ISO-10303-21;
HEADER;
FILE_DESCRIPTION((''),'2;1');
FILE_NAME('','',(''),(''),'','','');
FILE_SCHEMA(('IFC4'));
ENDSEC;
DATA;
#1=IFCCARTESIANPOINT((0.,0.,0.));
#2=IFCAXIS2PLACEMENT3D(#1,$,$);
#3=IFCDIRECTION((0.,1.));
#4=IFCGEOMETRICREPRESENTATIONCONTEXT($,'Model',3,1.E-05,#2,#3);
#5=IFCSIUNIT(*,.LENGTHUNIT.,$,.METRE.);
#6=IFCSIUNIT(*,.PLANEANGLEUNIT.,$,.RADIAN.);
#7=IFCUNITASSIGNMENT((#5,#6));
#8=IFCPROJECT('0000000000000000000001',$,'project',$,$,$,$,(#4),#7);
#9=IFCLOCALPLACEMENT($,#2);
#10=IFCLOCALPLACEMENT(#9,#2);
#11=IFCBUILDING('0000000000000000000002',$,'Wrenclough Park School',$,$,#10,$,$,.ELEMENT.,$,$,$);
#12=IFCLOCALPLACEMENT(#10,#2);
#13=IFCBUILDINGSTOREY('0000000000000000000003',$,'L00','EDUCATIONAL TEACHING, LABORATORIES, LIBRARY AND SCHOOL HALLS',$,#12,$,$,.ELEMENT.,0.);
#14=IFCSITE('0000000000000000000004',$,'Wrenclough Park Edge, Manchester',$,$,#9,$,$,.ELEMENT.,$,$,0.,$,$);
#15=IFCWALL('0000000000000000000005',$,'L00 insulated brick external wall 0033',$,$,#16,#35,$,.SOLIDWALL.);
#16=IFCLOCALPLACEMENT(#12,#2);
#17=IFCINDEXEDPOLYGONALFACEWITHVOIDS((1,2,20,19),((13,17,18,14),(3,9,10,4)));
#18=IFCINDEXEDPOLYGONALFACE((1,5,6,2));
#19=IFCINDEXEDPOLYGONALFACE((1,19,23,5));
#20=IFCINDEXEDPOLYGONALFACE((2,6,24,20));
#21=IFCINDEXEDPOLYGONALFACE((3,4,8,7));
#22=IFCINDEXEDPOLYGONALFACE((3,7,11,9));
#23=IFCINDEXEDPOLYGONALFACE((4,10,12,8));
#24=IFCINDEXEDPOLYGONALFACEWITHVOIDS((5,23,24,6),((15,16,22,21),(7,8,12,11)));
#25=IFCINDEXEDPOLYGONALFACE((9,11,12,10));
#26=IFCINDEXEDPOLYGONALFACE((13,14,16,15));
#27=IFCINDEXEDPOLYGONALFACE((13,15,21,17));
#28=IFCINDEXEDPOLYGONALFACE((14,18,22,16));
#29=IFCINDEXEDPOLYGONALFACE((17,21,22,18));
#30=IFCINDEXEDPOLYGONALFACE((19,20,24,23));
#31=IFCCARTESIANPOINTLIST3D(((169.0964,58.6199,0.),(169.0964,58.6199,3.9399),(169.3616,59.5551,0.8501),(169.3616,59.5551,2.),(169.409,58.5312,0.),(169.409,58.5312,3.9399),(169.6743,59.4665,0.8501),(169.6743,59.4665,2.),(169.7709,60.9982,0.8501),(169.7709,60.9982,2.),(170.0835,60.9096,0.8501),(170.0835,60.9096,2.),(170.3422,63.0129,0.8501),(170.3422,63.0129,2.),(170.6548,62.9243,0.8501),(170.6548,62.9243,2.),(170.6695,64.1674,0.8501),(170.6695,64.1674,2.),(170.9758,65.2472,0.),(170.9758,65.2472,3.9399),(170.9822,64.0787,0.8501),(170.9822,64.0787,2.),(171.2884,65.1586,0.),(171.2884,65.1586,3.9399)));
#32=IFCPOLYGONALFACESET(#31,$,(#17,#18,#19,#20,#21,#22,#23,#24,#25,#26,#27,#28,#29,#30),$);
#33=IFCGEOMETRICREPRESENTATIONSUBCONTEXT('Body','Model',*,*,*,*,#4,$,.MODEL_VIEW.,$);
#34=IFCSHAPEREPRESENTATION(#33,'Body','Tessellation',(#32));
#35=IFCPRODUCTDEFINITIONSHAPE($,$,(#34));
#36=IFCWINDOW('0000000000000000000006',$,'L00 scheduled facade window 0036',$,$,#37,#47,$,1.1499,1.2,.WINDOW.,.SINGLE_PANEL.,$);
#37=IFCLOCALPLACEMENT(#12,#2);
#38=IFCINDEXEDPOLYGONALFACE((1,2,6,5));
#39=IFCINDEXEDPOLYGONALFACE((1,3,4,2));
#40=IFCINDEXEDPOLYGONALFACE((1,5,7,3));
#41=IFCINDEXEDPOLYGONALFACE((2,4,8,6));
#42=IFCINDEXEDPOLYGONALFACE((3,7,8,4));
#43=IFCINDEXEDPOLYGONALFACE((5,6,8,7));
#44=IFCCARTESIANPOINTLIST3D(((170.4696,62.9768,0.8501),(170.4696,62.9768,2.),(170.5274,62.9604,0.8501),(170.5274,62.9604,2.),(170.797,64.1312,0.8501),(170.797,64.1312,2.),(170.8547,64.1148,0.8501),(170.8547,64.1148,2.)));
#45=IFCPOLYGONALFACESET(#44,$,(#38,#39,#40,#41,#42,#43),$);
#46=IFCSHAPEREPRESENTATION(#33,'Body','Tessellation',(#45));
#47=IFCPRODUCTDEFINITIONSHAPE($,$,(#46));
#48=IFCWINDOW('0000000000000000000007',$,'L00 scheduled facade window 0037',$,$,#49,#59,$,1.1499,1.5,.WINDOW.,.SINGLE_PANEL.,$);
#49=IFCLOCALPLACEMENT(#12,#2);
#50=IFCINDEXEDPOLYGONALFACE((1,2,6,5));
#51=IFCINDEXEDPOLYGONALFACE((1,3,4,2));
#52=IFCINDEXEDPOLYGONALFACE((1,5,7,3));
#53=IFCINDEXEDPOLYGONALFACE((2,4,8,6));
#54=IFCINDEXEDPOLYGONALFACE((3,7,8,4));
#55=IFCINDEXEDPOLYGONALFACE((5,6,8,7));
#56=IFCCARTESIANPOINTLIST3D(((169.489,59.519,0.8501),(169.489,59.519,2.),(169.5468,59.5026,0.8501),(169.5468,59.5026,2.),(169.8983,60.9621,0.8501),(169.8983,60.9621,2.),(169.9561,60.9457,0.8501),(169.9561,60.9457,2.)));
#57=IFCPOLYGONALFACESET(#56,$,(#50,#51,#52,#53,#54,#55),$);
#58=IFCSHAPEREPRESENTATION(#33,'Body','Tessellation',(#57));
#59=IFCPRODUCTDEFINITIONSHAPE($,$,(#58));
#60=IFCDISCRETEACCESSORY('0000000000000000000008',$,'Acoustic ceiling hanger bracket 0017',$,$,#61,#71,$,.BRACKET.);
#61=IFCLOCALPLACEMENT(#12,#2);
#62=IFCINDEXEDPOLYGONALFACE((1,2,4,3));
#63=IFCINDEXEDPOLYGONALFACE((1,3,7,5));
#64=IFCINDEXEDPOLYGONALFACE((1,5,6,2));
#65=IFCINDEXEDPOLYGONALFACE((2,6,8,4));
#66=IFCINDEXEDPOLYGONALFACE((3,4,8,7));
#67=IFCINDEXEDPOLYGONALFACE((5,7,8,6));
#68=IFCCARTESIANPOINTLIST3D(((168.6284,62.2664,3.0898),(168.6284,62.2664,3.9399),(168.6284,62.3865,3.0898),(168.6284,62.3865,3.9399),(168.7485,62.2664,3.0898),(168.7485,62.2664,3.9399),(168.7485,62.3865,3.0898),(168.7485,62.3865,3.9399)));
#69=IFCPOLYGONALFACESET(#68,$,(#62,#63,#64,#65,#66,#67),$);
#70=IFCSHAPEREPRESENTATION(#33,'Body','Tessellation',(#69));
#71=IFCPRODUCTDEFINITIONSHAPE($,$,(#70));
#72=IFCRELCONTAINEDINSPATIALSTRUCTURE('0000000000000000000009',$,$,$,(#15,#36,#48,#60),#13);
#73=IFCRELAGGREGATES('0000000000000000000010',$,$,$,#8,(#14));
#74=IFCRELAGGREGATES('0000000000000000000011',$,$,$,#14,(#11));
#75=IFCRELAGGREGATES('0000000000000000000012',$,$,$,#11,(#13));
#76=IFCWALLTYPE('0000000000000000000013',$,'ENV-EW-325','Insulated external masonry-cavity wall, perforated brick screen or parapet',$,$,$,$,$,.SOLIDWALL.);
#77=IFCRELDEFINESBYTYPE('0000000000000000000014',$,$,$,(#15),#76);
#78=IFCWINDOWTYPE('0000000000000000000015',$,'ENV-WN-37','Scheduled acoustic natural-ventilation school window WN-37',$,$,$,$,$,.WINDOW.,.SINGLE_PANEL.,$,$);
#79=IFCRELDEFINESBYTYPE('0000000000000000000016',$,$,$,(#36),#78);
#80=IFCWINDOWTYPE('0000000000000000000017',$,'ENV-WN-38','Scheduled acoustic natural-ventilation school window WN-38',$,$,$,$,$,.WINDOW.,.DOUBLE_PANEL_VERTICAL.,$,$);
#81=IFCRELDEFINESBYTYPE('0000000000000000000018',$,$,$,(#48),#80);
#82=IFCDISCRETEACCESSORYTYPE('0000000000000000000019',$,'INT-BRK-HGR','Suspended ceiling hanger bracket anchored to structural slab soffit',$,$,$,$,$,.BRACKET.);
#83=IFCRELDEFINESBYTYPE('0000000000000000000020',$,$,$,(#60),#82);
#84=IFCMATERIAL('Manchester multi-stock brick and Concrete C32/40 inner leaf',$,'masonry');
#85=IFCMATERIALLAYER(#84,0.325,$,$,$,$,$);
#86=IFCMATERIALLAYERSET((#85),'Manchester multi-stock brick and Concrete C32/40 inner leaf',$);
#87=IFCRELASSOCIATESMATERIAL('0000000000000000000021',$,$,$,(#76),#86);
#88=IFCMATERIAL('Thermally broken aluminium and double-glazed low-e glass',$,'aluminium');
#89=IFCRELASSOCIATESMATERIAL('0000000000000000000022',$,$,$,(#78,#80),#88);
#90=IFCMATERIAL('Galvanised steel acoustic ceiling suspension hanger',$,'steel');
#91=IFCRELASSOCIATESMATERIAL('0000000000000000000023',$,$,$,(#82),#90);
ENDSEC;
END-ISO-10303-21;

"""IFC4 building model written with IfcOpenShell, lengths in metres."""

from ifc_helpers import new_model, si_unit, direction, frame, frame_2d, origin, origin_2d, place, context, subcontext, project, spatial, rectangle, extrude, material, layer, layer_set, type_object, element, fill, save


model = new_model("IFC4")

# Units and contexts
model_context = context("Model", 3, precision=1e-05, world=origin(), true_north=direction((0.0, 1.0)))
body_context = subcontext(model_context, "Body", "Model", "MODEL_VIEW")
ifc_project = project(units=[si_unit("LENGTHUNIT", "METRE"), si_unit("PLANEANGLEUNIT", "RADIAN")], contexts=[model_context])

# Site, building, storey
site_placement = place(None, origin())
site = spatial("IfcSite", under=ifc_project, at=site_placement, Name="Wrenclough Park Edge, Manchester", CompositionType="ELEMENT", RefElevation=0.0)
building_placement = place(site_placement, origin())
building = spatial("IfcBuilding", under=site, at=building_placement, Name="Wrenclough Park School", CompositionType="ELEMENT")
storey_placement = place(building_placement, origin())
storey = spatial("IfcBuildingStorey", under=building, at=storey_placement, Name="L00", Description="EDUCATIONAL TEACHING, LABORATORIES, LIBRARY AND SCHOOL HALLS", CompositionType="ELEMENT", Elevation=0.0)

# Wall, openings, windows
ifc_material_1 = material(Name="Manchester multi-stock brick and Concrete C32/40 inner leaf", Category="masonry")
ifc_layer_1 = layer(ifc_material_1, 0.325)
ifc_layer_set_1 = layer_set([ifc_layer_1], Name="Manchester multi-stock brick and Concrete C32/40 inner leaf")
wall_type = type_object("IfcWallType", Name="ENV-EW-325", Description="Insulated external masonry-cavity wall, perforated brick screen or parapet", PredefinedType="SOLIDWALL", material=ifc_layer_set_1)
wall_placement = place(storey_placement, frame((171.1321, 65.2029, 0.0), z_axis=(0.0, 0.0, 1.0), x_axis=(-0.27282, -0.962065, 0.0)))
wall = element("IfcWall", 1, at=wall_placement, inside=storey, type_object=wall_type, Name="L00 insulated brick external wall 0033", PredefinedType="SOLIDWALL", context=body_context, shape_type="SweptSolid", body=[
    extrude(rectangle(XDim=6.8887, YDim=0.325, at=frame_2d((3.4443, 0.0))), origin(), (0.0, 0.0, 1.0), 3.9399),
])
opening_1_placement = place(wall_placement, frame((1.1223, 0.0, 0.8501)))
opening_1 = element("IfcOpeningElement", 2, at=opening_1_placement, cuts=wall, PredefinedType="OPENING", context=body_context, shape_type="SweptSolid", body=[
    extrude(rectangle(XDim=1.2, YDim=1.1499, at=frame_2d((0.6001, 0.575))), frame((0.0, 0.1724, 0.0), z_axis=(0.0, -1.0, 0.0), x_axis=(1.0, 0.0, 0.0)), (0.0, 0.0, 1.0), 0.345),
])
opening_2_placement = place(wall_placement, frame((4.4165, 0.0, 0.8501)))
opening_2 = element("IfcOpeningElement", 3, at=opening_2_placement, cuts=wall, PredefinedType="OPENING", context=body_context, shape_type="SweptSolid", body=[
    extrude(rectangle(XDim=1.5, YDim=1.1499, at=frame_2d((0.75, 0.575))), frame((0.0, 0.1724, 0.0), z_axis=(0.0, -1.0, 0.0), x_axis=(1.0, 0.0, 0.0)), (0.0, 0.0, 1.0), 0.345),
])
ifc_material_2 = material(Name="Thermally broken aluminium and double-glazed low-e glass", Category="aluminium")
window_type_1 = type_object("IfcWindowType", Name="ENV-WN-37", Description="Scheduled acoustic natural-ventilation school window WN-37", PartitioningType="SINGLE_PANEL", PredefinedType="WINDOW", material=ifc_material_2)
window_1_placement = place(opening_1_placement, origin())
window_1 = element("IfcWindow", 4, at=window_1_placement, inside=storey, type_object=window_type_1, Name="L00 scheduled facade window 0036", OverallHeight=1.1499, OverallWidth=1.2, PartitioningType="SINGLE_PANEL", PredefinedType="WINDOW", context=body_context, shape_type="SweptSolid", body=[
    extrude(rectangle(XDim=1.2, YDim=1.1499, at=frame_2d((0.6001, 0.575))), frame((0.0, 0.03, 0.0), z_axis=(0.0, -1.0, 0.0), x_axis=(1.0, 0.0, 0.0)), (0.0, 0.0, 1.0), 0.0601),
])
fill(opening_1, window_1)
window_type_2 = type_object("IfcWindowType", Name="ENV-WN-38", Description="Scheduled acoustic natural-ventilation school window WN-38", PartitioningType="DOUBLE_PANEL_VERTICAL", PredefinedType="WINDOW", material=ifc_material_2)
window_2_placement = place(opening_2_placement, origin())
window_2 = element("IfcWindow", 5, at=window_2_placement, inside=storey, type_object=window_type_2, Name="L00 scheduled facade window 0037", OverallHeight=1.1499, OverallWidth=1.5, PartitioningType="SINGLE_PANEL", PredefinedType="WINDOW", context=body_context, shape_type="SweptSolid", body=[
    extrude(rectangle(XDim=1.5, YDim=1.1499, at=frame_2d((0.75, 0.575))), frame((0.0, 0.03, 0.0), z_axis=(0.0, -1.0, 0.0), x_axis=(1.0, 0.0, 0.0)), (0.0, 0.0, 1.0), 0.0601),
])
fill(opening_2, window_2)

# Discrete accessory
ifc_material_3 = material(Name="Galvanised steel acoustic ceiling suspension hanger", Category="steel")
discrete_accessory_type = type_object("IfcDiscreteAccessoryType", Name="INT-BRK-HGR", Description="Suspended ceiling hanger bracket anchored to structural slab soffit", PredefinedType="BRACKET", material=ifc_material_3)
discrete_accessory_placement = place(storey_placement, frame((168.6885, 62.3264, 3.0898), z_axis=(0.0, 0.0, 1.0), x_axis=(1.0, 0.0, 0.0)))
element("IfcDiscreteAccessory", 6, at=discrete_accessory_placement, inside=storey, type_object=discrete_accessory_type, Name="Acoustic ceiling hanger bracket 0017", PredefinedType="BRACKET", context=body_context, shape_type="SweptSolid", body=[
    extrude(rectangle(XDim=0.1201, YDim=0.1201, at=origin_2d()), origin(), (0.0, 0.0, 1.0), 0.8501),
])

save(model, "model.ifc")
